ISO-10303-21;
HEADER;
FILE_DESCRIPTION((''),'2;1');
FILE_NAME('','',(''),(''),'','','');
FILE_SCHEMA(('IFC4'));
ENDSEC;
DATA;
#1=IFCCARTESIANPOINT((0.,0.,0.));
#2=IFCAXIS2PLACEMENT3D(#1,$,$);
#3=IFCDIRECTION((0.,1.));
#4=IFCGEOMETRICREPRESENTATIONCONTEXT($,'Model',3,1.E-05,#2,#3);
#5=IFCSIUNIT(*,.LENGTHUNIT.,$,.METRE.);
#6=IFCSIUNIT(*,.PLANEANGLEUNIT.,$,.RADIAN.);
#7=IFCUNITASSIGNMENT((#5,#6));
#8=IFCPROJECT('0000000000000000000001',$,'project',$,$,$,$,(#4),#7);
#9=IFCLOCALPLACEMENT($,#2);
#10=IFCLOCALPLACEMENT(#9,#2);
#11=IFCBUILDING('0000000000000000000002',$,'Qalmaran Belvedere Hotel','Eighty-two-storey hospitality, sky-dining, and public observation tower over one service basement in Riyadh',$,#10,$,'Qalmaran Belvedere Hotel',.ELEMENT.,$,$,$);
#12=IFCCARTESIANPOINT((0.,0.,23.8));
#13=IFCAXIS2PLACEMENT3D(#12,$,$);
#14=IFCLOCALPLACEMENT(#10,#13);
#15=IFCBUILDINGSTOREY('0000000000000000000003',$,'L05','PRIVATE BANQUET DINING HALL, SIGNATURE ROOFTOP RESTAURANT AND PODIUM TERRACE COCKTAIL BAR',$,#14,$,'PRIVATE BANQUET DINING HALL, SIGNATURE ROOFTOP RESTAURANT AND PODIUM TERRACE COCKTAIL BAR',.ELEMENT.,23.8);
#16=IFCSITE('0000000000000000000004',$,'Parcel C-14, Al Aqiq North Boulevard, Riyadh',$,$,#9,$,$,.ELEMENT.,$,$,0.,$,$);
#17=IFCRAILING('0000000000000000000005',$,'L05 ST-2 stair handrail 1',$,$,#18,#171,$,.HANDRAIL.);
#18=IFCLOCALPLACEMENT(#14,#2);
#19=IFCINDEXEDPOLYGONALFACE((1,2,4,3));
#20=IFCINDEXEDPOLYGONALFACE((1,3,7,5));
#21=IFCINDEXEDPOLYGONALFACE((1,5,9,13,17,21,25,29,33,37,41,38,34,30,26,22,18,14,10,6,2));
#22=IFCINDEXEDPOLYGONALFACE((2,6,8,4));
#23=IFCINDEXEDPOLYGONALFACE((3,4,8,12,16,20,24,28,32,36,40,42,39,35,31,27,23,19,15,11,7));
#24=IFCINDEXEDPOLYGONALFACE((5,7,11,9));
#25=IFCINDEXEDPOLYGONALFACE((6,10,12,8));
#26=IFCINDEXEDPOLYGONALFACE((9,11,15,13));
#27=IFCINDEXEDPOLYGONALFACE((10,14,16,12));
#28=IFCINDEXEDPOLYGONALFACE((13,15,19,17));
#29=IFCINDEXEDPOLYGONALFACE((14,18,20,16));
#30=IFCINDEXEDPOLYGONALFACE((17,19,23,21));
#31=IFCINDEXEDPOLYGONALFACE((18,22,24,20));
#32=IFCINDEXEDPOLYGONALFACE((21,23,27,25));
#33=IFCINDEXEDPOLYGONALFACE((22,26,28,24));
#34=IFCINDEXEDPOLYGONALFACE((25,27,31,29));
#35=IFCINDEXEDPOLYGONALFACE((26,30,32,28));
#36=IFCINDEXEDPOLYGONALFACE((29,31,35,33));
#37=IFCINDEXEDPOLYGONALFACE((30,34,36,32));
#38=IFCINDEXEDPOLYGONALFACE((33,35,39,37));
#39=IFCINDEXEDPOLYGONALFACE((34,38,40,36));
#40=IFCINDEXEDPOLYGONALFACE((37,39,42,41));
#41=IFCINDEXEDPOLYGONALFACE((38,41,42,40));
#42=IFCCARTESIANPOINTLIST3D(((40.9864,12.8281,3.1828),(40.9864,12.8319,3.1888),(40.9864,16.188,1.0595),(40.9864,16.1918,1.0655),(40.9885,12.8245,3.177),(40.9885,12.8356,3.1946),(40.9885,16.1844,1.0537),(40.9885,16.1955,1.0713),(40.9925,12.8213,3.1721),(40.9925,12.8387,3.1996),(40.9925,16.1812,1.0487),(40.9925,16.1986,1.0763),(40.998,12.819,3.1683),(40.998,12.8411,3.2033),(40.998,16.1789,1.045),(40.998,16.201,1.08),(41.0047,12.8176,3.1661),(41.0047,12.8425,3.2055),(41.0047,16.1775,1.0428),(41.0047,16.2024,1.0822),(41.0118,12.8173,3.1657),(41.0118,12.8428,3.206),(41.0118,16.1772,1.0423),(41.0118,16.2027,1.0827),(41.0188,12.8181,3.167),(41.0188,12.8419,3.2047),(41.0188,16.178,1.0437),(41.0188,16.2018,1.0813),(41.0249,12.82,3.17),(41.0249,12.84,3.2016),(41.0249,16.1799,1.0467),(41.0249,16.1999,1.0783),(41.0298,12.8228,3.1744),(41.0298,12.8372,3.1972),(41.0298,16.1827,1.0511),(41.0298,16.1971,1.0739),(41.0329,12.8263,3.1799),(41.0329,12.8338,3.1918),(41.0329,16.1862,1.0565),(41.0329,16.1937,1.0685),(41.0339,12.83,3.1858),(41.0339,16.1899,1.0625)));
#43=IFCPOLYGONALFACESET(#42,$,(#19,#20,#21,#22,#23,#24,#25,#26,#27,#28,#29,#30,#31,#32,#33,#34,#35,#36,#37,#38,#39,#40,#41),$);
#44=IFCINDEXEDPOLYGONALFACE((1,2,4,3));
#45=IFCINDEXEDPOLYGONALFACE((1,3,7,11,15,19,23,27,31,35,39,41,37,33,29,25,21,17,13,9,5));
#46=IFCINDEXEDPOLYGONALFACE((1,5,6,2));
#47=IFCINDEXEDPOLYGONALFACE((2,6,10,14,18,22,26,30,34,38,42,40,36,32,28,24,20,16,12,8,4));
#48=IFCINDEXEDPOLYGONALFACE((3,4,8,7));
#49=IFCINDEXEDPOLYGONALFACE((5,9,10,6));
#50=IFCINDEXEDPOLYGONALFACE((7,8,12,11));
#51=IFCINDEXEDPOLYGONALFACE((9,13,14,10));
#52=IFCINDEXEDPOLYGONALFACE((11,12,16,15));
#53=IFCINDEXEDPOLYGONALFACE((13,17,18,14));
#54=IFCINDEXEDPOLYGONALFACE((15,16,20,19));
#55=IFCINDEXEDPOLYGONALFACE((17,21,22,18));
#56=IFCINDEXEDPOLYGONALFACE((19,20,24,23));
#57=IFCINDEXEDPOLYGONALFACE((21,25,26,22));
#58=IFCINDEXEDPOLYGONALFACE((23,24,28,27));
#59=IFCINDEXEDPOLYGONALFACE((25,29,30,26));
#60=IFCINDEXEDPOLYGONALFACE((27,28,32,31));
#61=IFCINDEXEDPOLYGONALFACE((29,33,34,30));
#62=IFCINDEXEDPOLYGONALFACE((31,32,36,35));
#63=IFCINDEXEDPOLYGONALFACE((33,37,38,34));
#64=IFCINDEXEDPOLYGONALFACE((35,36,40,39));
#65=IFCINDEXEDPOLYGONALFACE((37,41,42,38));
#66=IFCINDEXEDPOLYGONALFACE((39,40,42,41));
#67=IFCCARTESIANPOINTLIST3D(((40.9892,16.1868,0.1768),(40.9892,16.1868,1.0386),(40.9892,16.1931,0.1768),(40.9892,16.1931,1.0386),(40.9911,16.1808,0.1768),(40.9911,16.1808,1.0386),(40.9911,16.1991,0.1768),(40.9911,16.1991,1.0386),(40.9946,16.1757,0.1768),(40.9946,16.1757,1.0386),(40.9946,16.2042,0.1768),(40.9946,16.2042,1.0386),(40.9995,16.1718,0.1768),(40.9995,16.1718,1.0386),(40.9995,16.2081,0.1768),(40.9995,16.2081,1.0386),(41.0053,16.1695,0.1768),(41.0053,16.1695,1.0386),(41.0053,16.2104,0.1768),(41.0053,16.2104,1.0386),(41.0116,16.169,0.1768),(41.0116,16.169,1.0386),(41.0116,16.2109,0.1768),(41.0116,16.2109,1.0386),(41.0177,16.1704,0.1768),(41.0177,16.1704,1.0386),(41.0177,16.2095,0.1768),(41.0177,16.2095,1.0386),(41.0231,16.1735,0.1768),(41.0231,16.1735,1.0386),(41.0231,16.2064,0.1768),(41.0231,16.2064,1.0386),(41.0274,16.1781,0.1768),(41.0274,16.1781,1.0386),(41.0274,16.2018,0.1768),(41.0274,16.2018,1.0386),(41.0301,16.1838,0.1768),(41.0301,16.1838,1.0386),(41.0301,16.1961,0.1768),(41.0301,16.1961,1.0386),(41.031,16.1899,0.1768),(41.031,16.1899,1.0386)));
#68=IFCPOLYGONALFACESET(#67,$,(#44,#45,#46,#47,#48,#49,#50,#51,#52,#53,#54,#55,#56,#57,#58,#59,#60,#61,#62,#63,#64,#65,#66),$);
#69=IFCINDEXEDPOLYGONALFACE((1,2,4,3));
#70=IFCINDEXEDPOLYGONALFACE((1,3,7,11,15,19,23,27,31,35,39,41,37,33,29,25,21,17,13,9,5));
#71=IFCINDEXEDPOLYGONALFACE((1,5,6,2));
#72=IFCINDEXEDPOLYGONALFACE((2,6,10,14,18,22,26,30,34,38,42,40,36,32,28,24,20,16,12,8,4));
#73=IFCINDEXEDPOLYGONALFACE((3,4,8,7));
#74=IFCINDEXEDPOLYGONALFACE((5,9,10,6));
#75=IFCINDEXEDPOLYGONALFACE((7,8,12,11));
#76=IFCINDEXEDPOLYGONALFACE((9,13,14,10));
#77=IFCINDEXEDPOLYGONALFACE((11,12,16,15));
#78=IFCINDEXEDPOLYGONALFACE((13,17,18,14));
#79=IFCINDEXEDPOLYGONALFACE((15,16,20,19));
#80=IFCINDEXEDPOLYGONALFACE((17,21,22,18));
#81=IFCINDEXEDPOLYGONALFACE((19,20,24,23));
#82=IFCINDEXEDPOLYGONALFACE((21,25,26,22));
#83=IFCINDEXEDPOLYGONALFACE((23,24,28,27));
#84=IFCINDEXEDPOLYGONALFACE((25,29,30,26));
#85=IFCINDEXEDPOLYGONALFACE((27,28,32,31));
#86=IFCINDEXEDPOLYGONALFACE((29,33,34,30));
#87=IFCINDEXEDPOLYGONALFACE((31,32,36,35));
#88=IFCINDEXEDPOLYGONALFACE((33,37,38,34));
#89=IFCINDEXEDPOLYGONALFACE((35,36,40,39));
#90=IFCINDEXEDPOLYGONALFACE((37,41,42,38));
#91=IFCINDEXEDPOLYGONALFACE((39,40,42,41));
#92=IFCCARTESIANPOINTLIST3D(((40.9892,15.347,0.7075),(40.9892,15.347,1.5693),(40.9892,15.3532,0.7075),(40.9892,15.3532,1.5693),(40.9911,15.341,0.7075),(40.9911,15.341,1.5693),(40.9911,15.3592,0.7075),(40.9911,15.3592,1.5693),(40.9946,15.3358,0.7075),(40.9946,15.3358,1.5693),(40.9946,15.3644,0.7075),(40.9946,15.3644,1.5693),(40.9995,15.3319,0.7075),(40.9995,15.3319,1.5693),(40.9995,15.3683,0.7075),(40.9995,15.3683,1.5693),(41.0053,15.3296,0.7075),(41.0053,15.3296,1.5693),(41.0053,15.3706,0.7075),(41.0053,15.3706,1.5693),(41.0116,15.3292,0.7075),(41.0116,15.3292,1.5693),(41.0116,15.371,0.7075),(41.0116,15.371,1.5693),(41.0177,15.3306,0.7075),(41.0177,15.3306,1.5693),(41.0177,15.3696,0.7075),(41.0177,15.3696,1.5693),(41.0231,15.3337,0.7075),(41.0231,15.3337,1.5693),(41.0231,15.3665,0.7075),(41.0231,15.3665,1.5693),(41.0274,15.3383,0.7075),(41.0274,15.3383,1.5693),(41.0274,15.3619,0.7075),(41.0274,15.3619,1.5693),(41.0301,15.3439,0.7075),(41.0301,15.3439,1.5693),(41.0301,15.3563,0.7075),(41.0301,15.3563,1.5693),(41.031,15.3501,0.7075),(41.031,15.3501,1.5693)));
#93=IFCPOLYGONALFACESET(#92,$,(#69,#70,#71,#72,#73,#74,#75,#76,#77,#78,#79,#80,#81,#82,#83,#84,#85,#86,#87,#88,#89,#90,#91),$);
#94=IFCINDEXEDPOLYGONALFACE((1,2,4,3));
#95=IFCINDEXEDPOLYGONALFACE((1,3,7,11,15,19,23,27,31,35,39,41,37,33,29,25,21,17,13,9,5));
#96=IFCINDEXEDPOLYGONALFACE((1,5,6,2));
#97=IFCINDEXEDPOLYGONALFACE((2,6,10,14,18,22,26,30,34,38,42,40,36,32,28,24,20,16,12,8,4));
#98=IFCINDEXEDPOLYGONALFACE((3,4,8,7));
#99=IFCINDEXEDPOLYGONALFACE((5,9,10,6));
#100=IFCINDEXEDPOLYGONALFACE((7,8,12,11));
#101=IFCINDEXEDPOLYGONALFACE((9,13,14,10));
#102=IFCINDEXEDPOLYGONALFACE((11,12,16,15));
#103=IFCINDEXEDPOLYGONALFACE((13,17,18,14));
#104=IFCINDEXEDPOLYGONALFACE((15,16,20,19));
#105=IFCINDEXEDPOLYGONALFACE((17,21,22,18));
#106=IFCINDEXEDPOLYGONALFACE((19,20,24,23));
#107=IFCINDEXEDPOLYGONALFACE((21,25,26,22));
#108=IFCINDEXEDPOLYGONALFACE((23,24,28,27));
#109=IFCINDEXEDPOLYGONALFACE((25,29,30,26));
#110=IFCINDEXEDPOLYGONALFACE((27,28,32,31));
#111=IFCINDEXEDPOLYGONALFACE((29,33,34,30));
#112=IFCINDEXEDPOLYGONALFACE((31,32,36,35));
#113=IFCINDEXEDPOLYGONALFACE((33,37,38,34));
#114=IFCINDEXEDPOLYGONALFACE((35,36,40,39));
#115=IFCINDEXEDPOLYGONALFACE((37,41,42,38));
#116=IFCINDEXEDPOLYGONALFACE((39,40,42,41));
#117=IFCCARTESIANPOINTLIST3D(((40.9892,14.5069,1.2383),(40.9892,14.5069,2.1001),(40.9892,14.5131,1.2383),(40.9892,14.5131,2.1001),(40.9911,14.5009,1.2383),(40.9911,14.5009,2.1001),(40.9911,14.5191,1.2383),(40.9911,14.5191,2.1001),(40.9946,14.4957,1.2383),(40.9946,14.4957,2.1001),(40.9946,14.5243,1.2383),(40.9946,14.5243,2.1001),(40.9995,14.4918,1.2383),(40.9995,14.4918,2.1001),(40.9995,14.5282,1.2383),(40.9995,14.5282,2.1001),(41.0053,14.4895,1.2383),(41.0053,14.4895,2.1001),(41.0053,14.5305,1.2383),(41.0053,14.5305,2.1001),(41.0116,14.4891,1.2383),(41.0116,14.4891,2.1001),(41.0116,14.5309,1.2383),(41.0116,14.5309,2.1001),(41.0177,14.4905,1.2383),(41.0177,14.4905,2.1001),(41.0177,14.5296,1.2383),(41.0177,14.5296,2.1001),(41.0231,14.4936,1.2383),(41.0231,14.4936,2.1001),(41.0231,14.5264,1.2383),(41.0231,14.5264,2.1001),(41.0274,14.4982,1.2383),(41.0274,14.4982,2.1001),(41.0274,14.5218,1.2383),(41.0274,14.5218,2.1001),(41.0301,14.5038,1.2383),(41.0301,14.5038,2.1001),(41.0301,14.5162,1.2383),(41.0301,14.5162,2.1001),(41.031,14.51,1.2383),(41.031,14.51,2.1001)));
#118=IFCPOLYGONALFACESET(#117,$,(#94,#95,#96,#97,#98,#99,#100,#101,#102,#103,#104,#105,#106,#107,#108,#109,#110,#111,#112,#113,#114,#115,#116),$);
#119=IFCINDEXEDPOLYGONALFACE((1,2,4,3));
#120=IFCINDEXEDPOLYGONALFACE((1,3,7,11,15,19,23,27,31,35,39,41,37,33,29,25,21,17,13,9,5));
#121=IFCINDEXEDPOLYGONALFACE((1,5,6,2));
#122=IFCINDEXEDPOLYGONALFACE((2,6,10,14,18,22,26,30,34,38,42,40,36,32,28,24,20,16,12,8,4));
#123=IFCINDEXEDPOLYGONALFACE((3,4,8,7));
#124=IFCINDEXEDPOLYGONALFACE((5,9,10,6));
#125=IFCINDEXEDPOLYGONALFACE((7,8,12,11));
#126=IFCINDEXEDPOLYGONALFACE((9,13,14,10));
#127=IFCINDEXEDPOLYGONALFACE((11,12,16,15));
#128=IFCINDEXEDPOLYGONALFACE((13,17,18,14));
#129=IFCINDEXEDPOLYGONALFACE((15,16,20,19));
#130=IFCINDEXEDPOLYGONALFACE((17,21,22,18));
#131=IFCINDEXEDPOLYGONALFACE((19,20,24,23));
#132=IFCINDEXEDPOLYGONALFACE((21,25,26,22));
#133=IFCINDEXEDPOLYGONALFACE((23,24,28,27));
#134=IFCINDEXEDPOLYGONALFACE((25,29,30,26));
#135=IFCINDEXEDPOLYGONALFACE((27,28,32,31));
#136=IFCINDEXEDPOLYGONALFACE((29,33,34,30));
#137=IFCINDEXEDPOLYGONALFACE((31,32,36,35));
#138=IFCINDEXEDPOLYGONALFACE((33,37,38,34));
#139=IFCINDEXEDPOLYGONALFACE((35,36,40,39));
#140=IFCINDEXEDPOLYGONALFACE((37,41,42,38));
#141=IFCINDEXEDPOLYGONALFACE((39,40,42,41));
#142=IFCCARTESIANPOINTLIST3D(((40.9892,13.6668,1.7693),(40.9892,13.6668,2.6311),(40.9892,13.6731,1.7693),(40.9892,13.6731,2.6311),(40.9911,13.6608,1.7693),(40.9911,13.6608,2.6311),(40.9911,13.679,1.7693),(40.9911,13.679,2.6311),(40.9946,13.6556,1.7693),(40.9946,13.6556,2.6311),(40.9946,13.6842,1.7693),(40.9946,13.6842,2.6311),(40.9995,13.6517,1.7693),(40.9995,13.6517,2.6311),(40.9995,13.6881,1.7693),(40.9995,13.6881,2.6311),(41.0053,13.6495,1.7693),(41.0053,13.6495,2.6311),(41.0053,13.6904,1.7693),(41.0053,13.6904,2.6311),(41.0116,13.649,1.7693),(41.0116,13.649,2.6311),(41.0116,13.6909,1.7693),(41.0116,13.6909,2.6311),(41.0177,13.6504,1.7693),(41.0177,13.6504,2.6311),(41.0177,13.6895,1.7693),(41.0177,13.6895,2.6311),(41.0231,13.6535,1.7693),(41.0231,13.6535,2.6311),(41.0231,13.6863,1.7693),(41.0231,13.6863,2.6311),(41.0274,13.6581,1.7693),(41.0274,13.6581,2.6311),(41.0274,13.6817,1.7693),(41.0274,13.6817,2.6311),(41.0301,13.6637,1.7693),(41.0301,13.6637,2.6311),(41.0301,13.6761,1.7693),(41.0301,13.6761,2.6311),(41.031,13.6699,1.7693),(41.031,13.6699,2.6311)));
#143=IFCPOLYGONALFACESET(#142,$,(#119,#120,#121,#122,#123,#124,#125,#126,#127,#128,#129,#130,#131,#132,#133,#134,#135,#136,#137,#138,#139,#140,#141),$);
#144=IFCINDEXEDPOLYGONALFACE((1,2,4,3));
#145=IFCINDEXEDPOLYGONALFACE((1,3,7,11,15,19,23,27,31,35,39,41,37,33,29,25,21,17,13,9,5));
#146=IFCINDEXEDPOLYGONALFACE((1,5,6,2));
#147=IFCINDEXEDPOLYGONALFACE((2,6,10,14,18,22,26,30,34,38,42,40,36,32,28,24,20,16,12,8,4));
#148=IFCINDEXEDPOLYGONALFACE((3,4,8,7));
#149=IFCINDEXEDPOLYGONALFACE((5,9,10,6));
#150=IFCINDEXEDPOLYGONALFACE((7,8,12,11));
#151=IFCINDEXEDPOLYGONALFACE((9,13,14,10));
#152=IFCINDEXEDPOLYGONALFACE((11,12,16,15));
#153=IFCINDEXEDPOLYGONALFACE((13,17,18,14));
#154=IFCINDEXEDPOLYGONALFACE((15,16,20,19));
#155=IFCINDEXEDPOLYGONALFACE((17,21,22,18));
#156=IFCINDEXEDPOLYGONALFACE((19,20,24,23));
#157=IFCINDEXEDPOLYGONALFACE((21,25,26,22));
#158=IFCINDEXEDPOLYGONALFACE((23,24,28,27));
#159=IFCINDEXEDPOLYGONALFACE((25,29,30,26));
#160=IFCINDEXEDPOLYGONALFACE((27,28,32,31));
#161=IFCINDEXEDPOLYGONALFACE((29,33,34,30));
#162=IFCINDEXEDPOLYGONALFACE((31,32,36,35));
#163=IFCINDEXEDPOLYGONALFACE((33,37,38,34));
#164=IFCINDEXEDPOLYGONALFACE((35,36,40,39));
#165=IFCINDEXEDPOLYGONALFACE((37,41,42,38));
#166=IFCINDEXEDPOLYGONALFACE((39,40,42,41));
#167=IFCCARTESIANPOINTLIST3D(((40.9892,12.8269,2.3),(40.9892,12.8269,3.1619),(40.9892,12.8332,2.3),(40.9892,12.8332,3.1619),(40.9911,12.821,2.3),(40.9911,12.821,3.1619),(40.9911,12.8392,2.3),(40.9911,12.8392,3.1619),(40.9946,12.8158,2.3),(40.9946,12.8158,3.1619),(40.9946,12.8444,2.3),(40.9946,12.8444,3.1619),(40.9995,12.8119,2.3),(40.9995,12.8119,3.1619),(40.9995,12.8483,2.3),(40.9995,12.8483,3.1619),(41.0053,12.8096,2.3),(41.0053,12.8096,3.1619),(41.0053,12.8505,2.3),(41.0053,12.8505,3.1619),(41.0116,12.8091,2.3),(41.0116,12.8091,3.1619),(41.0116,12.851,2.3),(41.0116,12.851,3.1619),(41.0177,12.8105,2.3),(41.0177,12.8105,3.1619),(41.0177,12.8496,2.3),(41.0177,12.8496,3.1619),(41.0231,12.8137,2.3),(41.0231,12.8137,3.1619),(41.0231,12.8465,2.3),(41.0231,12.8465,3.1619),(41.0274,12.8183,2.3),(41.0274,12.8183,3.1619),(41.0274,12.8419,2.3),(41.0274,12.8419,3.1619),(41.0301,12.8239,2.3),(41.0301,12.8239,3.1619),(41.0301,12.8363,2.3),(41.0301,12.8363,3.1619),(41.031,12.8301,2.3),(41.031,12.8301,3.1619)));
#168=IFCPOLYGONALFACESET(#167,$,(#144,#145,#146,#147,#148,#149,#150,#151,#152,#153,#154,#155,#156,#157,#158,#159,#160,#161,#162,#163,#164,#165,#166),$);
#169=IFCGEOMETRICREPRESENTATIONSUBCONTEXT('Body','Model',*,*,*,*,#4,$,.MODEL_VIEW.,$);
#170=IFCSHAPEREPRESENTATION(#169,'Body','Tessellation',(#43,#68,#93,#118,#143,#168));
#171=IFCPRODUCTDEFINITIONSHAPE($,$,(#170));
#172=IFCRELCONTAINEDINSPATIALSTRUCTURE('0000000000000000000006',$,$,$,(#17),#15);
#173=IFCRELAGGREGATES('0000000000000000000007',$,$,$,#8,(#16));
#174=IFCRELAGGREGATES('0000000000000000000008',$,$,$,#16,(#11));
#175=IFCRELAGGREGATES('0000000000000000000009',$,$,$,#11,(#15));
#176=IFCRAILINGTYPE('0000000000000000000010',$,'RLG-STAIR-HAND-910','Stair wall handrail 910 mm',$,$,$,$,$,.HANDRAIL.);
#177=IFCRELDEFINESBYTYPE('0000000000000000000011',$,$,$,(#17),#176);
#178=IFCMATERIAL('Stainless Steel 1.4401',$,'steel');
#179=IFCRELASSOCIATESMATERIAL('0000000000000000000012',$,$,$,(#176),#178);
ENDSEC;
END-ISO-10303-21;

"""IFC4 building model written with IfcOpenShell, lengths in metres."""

from ifc_helpers import new_model, si_unit, direction, frame, origin, origin_2d, place, context, subcontext, project, spatial, circle, extrude, material, type_object, element, save


model = new_model("IFC4")

# Units and contexts
model_context = context("Model", 3, precision=1e-05, world=origin(), true_north=direction((0.0, 1.0)))
body_context = subcontext(model_context, "Body", "Model", "MODEL_VIEW")
ifc_project = project(units=[si_unit("LENGTHUNIT", "METRE"), si_unit("PLANEANGLEUNIT", "RADIAN")], contexts=[model_context])

# Site, building, storey
site_placement = place(None, origin())
site = spatial("IfcSite", under=ifc_project, at=site_placement, Name="Parcel C-14, Al Aqiq North Boulevard, Riyadh", CompositionType="ELEMENT", RefElevation=0.0)
building_placement = place(site_placement, origin())
building = spatial("IfcBuilding", under=site, at=building_placement, Name="Qalmaran Belvedere Hotel", Description="Eighty-two-storey hospitality, sky-dining, and public observation tower over one service basement in Riyadh", LongName="Qalmaran Belvedere Hotel", CompositionType="ELEMENT")
storey_placement = place(building_placement, frame((0.0, 0.0, 23.8)))
storey = spatial("IfcBuildingStorey", under=building, at=storey_placement, Name="L05", Description="PRIVATE BANQUET DINING HALL, SIGNATURE ROOFTOP RESTAURANT AND PODIUM TERRACE COCKTAIL BAR", LongName="PRIVATE BANQUET DINING HALL, SIGNATURE ROOFTOP RESTAURANT AND PODIUM TERRACE COCKTAIL BAR", CompositionType="ELEMENT", Elevation=23.8)

# Shared definitions
ifc_material_1 = material(Name="Stainless Steel 1.4401", Category="steel")

# Railing
railing_type_1 = type_object("IfcRailingType", Name="RLG-STAIR-HAND-910", Description="Stair wall handrail 910 mm", PredefinedType="HANDRAIL", material=ifc_material_1)
railing_1_placement = place(storey_placement, frame((41.01, 16.1899, 0.1768)))
element("IfcRailing", 1, at=railing_1_placement, inside=storey, type_object=railing_type_1, Name="L05 ST-2 stair handrail 1", PredefinedType="HANDRAIL", context=body_context, shape_type="SweptSolid", body=[
    extrude(circle(Radius=0.0239, at=origin_2d()), frame((0.0, 0.0, 0.8857), z_axis=(0.0, -0.845344, 0.534222), x_axis=(1.0, 0.0, 0.0)), (0.0, 0.0, 1.0), 3.9746),
    extrude(circle(Radius=0.021, at=origin_2d()), origin(), (0.0, 0.0, 1.0), 0.8618),
    extrude(circle(Radius=0.021, at=origin_2d()), frame((0.0, -0.8398, 0.5308)), (0.0, 0.0, 1.0), 0.8618),
    extrude(circle(Radius=0.021, at=origin_2d()), frame((0.0, -1.6799, 1.0615)), (0.0, 0.0, 1.0), 0.8618),
    extrude(circle(Radius=0.021, at=origin_2d()), frame((0.0, -2.52, 1.5925)), (0.0, 0.0, 1.0), 0.8618),
    extrude(circle(Radius=0.021, at=origin_2d()), frame((0.0, -3.3599, 2.1233)), (0.0, 0.0, 1.0), 0.8618),
])

save(model, "model.ifc")
